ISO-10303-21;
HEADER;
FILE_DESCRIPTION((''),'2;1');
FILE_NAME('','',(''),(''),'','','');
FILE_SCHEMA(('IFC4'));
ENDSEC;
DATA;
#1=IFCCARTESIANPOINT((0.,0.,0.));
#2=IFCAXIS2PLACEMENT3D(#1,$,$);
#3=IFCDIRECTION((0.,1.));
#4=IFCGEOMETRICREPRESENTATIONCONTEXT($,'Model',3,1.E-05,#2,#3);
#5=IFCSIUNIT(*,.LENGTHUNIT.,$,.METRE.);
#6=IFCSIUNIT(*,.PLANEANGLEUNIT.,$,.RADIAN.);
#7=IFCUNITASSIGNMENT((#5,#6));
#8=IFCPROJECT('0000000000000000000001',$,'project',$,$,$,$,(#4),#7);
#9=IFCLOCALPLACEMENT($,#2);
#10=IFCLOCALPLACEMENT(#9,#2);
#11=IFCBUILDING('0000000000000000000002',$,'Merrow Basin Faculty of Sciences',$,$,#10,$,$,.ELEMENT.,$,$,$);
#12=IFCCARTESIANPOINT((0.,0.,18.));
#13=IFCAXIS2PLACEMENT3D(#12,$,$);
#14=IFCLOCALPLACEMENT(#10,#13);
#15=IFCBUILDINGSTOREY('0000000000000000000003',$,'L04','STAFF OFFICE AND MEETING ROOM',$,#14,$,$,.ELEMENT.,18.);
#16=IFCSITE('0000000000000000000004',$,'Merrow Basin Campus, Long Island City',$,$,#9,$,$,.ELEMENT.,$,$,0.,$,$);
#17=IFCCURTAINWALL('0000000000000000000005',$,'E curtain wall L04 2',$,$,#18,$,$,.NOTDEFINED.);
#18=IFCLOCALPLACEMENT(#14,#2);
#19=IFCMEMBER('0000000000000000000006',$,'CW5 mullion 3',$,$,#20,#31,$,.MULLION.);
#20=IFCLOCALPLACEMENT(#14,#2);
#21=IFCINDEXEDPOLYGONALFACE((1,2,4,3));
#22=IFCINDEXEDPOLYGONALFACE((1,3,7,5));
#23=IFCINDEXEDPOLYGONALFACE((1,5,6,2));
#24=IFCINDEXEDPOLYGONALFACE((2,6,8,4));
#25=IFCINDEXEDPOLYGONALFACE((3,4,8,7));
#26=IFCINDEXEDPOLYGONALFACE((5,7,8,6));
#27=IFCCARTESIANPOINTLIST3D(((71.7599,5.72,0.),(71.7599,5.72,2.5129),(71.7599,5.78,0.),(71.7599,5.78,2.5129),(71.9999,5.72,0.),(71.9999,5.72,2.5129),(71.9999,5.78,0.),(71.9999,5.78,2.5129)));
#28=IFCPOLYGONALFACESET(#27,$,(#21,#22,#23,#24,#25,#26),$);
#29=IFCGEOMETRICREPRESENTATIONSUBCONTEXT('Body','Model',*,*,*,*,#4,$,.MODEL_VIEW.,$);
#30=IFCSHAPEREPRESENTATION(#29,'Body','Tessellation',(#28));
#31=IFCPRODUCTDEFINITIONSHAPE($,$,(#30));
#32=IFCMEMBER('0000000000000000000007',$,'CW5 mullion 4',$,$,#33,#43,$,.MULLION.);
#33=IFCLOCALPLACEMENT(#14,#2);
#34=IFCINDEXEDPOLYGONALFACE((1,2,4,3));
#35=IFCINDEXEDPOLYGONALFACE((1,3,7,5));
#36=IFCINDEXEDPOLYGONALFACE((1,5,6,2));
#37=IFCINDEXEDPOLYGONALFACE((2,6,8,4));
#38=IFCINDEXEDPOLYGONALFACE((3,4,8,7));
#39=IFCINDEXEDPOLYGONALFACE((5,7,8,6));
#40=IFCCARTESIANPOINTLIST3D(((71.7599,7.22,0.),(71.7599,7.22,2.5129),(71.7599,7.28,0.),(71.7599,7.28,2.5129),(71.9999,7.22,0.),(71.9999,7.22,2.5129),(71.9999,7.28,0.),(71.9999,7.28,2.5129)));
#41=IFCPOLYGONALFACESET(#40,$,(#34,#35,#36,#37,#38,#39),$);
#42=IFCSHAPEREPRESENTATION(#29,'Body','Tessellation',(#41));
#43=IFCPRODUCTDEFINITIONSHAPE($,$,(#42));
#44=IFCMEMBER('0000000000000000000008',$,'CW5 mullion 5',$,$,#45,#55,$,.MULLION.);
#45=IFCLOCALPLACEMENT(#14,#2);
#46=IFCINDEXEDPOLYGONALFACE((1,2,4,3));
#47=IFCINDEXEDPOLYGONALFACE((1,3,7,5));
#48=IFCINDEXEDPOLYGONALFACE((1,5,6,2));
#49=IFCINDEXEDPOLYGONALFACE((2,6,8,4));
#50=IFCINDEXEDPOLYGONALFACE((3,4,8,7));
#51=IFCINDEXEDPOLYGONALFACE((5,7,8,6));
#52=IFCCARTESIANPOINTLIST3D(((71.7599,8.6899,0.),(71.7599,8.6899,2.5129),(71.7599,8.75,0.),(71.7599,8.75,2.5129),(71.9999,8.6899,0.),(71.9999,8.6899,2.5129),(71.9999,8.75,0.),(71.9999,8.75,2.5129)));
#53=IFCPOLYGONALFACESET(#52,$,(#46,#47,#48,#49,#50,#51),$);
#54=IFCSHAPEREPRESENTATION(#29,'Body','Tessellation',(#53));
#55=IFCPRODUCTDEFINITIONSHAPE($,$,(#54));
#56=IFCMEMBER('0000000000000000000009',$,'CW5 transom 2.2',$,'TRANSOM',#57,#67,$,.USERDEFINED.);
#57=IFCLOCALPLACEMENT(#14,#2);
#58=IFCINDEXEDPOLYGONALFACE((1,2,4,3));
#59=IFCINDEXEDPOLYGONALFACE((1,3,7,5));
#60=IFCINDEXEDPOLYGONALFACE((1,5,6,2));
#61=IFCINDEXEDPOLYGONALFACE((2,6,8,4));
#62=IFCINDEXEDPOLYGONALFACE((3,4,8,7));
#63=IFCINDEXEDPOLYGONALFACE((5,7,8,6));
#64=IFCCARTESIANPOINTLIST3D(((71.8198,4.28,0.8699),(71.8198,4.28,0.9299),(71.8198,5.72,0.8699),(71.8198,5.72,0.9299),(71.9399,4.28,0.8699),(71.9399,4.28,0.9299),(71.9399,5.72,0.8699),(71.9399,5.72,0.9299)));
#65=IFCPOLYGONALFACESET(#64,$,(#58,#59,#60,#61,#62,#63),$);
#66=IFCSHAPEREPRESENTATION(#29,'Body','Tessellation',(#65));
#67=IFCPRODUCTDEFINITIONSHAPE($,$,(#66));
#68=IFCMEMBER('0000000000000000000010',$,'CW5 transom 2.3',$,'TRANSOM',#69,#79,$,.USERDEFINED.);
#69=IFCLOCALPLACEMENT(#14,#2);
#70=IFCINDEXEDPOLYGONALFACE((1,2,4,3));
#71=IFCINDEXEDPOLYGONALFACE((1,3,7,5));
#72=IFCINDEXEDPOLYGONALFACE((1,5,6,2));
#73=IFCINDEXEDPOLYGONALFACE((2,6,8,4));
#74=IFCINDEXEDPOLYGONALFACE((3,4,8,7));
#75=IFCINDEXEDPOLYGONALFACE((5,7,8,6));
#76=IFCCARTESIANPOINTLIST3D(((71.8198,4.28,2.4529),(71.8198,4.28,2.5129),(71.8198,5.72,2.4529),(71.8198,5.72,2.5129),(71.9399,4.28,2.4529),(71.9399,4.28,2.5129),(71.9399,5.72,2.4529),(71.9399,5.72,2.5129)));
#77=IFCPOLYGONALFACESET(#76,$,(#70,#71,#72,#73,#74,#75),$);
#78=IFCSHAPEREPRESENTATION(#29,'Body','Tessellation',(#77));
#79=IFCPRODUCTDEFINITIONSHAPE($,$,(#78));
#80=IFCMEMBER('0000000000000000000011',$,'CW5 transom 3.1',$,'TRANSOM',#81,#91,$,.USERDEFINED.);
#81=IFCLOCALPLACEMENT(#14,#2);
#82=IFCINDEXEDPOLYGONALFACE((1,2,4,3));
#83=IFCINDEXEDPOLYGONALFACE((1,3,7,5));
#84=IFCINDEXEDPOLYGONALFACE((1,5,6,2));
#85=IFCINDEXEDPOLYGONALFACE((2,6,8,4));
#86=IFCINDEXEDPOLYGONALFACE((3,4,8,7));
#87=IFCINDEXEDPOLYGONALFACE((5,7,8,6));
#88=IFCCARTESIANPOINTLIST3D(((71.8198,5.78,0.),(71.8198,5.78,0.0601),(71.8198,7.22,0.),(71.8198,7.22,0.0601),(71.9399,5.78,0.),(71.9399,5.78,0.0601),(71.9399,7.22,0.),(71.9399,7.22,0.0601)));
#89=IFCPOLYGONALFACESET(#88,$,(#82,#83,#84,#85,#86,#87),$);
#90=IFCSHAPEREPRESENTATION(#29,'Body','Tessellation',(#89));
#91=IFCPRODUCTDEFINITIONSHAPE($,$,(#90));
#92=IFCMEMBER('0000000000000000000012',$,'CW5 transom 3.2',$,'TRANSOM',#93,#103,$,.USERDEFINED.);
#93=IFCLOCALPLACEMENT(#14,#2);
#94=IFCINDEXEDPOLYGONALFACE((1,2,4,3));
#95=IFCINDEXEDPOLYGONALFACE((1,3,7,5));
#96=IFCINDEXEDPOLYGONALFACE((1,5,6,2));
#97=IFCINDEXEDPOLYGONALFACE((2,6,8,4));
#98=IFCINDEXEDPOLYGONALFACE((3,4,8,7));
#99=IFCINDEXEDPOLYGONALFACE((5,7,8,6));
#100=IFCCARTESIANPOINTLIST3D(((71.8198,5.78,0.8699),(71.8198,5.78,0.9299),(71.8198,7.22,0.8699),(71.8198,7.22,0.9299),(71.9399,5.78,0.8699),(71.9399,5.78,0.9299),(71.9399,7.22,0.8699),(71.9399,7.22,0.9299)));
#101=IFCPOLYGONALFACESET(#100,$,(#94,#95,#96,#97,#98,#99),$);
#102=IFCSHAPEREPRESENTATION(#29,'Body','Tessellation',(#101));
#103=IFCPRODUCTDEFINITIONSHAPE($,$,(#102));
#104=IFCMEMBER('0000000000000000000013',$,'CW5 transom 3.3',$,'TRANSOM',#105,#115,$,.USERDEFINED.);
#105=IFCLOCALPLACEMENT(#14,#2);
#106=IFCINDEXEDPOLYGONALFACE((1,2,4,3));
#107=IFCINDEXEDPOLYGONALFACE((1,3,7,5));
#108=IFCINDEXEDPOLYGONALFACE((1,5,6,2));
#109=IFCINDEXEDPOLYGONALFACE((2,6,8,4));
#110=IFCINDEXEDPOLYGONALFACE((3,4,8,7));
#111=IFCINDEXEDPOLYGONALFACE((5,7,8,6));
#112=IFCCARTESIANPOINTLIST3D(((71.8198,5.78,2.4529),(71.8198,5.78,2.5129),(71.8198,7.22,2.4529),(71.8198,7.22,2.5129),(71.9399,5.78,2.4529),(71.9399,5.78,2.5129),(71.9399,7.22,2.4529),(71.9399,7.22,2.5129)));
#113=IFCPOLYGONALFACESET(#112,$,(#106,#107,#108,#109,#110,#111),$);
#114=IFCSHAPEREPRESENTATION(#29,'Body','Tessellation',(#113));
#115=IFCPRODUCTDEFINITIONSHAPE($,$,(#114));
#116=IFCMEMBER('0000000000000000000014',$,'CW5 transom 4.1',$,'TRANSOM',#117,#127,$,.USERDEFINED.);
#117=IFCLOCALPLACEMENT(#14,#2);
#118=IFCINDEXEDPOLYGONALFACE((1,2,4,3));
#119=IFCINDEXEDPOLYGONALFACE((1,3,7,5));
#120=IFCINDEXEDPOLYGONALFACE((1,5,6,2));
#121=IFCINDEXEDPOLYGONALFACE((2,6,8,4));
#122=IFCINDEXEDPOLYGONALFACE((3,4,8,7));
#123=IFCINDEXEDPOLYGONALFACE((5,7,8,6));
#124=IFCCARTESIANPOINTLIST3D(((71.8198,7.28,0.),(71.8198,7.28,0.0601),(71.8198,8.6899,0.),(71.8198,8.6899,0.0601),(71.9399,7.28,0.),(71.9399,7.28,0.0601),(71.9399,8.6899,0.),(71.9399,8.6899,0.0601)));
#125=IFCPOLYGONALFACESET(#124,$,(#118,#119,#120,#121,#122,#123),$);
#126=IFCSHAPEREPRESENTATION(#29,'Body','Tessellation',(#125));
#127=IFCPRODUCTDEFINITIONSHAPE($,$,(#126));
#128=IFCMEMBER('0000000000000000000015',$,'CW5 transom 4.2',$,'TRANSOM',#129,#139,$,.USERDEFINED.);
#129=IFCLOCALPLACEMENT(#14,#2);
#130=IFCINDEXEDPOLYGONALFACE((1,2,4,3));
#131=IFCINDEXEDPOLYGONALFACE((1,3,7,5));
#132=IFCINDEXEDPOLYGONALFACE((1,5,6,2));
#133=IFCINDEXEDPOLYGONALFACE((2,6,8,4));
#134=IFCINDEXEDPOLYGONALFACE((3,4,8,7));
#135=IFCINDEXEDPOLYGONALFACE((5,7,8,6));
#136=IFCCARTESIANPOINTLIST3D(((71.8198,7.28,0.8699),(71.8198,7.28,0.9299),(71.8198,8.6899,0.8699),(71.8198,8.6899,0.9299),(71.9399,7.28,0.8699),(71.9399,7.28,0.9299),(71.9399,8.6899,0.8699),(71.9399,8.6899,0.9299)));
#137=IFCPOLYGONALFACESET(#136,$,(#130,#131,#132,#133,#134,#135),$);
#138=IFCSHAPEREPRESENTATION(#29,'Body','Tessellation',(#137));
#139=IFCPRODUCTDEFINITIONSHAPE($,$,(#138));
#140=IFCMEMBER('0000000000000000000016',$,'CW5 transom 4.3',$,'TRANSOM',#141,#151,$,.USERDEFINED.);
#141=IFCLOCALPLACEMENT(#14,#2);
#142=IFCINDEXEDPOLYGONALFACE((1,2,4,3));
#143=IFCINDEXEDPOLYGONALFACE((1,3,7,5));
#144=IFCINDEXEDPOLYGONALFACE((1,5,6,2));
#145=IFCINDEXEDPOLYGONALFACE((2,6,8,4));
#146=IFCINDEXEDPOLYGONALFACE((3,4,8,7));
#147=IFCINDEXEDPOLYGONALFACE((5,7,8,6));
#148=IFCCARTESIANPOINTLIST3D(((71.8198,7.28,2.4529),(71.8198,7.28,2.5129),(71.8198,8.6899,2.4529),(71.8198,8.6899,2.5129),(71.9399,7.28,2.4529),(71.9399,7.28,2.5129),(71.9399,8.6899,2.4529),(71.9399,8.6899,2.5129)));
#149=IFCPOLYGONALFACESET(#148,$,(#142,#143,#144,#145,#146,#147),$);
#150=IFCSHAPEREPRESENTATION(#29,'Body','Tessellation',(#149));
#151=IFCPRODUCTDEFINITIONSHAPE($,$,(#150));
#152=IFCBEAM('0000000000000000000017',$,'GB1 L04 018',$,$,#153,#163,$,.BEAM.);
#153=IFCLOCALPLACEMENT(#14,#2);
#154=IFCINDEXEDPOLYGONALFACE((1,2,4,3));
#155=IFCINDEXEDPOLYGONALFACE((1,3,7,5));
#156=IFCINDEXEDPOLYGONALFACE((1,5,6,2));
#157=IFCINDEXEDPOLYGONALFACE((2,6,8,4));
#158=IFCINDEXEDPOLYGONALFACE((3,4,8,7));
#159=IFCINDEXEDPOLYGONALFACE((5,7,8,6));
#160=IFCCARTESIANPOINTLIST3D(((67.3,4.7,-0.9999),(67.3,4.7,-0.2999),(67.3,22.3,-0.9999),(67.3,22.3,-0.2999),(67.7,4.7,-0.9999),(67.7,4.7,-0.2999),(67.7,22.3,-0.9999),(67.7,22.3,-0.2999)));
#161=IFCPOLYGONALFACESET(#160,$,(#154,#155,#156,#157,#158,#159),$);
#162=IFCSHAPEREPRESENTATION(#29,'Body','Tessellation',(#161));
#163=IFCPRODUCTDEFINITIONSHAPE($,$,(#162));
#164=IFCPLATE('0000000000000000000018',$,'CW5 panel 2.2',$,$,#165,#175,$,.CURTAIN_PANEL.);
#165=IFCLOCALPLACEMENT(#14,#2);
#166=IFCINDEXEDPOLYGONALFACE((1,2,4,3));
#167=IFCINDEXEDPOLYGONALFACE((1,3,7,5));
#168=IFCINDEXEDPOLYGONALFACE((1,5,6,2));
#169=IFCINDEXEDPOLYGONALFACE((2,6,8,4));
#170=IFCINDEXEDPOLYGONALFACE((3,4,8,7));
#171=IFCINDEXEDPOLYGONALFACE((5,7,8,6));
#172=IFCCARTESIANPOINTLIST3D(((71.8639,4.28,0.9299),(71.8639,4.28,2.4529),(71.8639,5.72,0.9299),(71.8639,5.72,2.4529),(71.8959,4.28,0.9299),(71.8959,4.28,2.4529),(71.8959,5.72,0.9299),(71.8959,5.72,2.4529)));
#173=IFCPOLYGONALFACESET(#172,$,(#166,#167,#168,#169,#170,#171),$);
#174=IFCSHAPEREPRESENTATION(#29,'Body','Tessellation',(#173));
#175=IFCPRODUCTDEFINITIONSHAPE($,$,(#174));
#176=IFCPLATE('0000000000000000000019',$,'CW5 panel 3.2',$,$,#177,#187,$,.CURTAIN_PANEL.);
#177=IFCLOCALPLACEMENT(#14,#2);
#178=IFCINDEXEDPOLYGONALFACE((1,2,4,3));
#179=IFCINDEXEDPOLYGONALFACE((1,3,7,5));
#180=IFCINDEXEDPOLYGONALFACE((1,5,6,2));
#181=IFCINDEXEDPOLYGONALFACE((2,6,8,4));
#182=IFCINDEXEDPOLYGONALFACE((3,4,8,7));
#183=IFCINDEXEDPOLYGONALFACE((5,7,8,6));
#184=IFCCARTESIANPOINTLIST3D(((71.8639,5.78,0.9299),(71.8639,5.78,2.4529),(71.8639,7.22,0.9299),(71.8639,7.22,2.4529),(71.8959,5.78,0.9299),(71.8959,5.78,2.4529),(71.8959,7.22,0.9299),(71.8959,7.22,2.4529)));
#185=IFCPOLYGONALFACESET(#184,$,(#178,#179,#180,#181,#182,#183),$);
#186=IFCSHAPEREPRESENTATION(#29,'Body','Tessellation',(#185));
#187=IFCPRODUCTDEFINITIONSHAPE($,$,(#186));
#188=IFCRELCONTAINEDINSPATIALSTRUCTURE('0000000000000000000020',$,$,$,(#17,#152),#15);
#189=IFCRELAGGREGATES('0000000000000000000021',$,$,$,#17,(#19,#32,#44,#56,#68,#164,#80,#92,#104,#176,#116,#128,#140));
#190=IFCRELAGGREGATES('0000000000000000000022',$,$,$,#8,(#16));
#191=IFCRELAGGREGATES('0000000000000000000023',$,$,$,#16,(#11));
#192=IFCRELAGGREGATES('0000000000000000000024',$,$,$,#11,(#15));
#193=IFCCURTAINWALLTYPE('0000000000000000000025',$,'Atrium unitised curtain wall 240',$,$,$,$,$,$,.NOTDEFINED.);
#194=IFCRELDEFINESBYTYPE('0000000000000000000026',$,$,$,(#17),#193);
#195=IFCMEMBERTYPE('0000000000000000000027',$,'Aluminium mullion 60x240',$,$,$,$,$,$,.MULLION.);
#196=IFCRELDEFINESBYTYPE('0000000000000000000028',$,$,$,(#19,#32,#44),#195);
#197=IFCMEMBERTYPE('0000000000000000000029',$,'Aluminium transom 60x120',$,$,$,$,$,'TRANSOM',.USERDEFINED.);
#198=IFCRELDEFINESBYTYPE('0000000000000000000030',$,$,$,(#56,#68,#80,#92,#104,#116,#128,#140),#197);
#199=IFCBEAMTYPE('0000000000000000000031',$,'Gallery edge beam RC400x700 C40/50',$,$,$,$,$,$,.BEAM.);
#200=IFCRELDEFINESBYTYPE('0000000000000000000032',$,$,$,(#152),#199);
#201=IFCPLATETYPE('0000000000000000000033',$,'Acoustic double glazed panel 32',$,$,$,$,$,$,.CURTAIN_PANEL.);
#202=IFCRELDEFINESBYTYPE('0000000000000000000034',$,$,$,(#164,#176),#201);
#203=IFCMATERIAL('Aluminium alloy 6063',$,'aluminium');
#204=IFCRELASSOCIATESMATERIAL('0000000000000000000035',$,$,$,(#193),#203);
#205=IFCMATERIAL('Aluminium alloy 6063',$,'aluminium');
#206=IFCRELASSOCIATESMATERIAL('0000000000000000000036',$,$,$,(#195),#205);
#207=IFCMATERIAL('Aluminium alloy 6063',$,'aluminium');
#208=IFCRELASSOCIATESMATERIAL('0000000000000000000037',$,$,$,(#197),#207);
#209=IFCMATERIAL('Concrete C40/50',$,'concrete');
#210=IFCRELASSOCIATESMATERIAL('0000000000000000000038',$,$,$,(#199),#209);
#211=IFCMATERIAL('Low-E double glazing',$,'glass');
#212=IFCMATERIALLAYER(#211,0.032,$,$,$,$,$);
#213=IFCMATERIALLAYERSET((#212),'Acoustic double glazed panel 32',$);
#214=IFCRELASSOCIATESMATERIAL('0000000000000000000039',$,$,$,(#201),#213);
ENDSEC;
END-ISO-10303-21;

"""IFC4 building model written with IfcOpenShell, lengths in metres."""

from ifc_helpers import new_model, si_unit, direction, frame, origin, origin_2d, place, context, subcontext, project, spatial, rectangle, extrude, material, layer, layer_set, material_profile, profile_set, type_object, element, aggregate, save


model = new_model("IFC4")

# Units and contexts
model_context = context("Model", 3, precision=1e-05, world=origin(), true_north=direction((0.0, 1.0)))
body_context = subcontext(model_context, "Body", "Model", "MODEL_VIEW")
ifc_project = project(units=[si_unit("LENGTHUNIT", "METRE"), si_unit("PLANEANGLEUNIT", "RADIAN")], contexts=[model_context])

# Site, building, storey
site_placement = place(None, origin())
site = spatial("IfcSite", under=ifc_project, at=site_placement, Name="Merrow Basin Campus, Long Island City", CompositionType="ELEMENT", RefElevation=0.0)
building_placement = place(site_placement, origin())
building = spatial("IfcBuilding", under=site, at=building_placement, Name="Merrow Basin Faculty of Sciences", CompositionType="ELEMENT")
storey_placement = place(building_placement, frame((0.0, 0.0, 18.0)))
storey = spatial("IfcBuildingStorey", under=building, at=storey_placement, Name="L04", Description="STAFF OFFICE AND MEETING ROOM", CompositionType="ELEMENT", Elevation=18.0)

# Curtain wall, members
ifc_material_1 = material(Name="Aluminium alloy 6063", Category="aluminium")
curtain_wall_type = type_object("IfcCurtainWallType", Name="Atrium unitised curtain wall 240", PredefinedType="NOTDEFINED", material=ifc_material_1)
curtain_wall_placement = place(storey_placement, origin())
curtain_wall = element("IfcCurtainWall", 1, at=curtain_wall_placement, inside=storey, type_object=curtain_wall_type, Name="E curtain wall L04 2", PredefinedType="NOTDEFINED")
ifc_material_2 = material(Name="Aluminium alloy 6063", Category="aluminium")
ifc_material_profile_1 = material_profile(ifc_material_2, rectangle(XDim=0.24, YDim=0.0601, at=origin_2d()))
ifc_profile_set_1 = profile_set([ifc_material_profile_1], Name="Aluminium alloy 6063")
member_type_1 = type_object("IfcMemberType", Name="Aluminium mullion 60x240", PredefinedType="MULLION", material=ifc_profile_set_1)
member_1_placement = place(storey_placement, frame((71.8799, 5.75, 0.0), z_axis=(0.0, 0.0, 1.0), x_axis=(-1.0, 0.0, 0.0)))
member_1 = element("IfcMember", 2, at=member_1_placement, type_object=member_type_1, Name="CW5 mullion 3", PredefinedType="MULLION", context=body_context, shape_type="SweptSolid", body=[
    extrude(rectangle(XDim=0.24, YDim=0.0601, at=origin_2d()), origin(), (0.0, 0.0, 1.0), 2.5129),
])
member_2_placement = place(storey_placement, frame((71.8799, 7.25, 0.0), z_axis=(0.0, 0.0, 1.0), x_axis=(-1.0, 0.0, 0.0)))
member_2 = element("IfcMember", 3, at=member_2_placement, type_object=member_type_1, Name="CW5 mullion 4", PredefinedType="MULLION", context=body_context, shape_type="SweptSolid", body=[
    extrude(rectangle(XDim=0.24, YDim=0.0601, at=origin_2d()), origin(), (0.0, 0.0, 1.0), 2.5129),
])
member_3_placement = place(storey_placement, frame((71.8799, 8.72, 0.0), z_axis=(0.0, 0.0, 1.0), x_axis=(-1.0, 0.0, 0.0)))
member_3 = element("IfcMember", 4, at=member_3_placement, type_object=member_type_1, Name="CW5 mullion 5", PredefinedType="MULLION", context=body_context, shape_type="SweptSolid", body=[
    extrude(rectangle(XDim=0.24, YDim=0.0601, at=origin_2d()), origin(), (0.0, 0.0, 1.0), 2.5129),
])
ifc_material_3 = material(Name="Aluminium alloy 6063", Category="aluminium")
ifc_material_profile_2 = material_profile(ifc_material_3, rectangle(XDim=0.1201, YDim=0.0601, at=origin_2d()))
ifc_profile_set_2 = profile_set([ifc_material_profile_2], Name="Aluminium alloy 6063")
member_type_2 = type_object("IfcMemberType", Name="Aluminium transom 60x120", ElementType="TRANSOM", PredefinedType="USERDEFINED", material=ifc_profile_set_2)
member_4_placement = place(storey_placement, frame((71.8799, 4.28, 0.8999), z_axis=(0.0, 1.0, 0.0), x_axis=(-1.0, 0.0, 0.0)))
member_4 = element("IfcMember", 5, at=member_4_placement, type_object=member_type_2, Name="CW5 transom 2.2", ObjectType="TRANSOM", PredefinedType="USERDEFINED", context=body_context, shape_type="SweptSolid", body=[
    extrude(rectangle(XDim=0.1201, YDim=0.0601, at=origin_2d()), origin(), (0.0, 0.0, 1.0), 1.4399),
])
member_5_placement = place(storey_placement, frame((71.8799, 4.28, 2.4829), z_axis=(0.0, 1.0, 0.0), x_axis=(-1.0, 0.0, 0.0)))
member_5 = element("IfcMember", 6, at=member_5_placement, type_object=member_type_2, Name="CW5 transom 2.3", ObjectType="TRANSOM", PredefinedType="USERDEFINED", context=body_context, shape_type="SweptSolid", body=[
    extrude(rectangle(XDim=0.1201, YDim=0.0601, at=origin_2d()), origin(), (0.0, 0.0, 1.0), 1.4399),
])
member_6_placement = place(storey_placement, frame((71.8799, 5.78, 0.03), z_axis=(0.0, 1.0, 0.0), x_axis=(-1.0, 0.0, 0.0)))
member_6 = element("IfcMember", 7, at=member_6_placement, type_object=member_type_2, Name="CW5 transom 3.1", ObjectType="TRANSOM", PredefinedType="USERDEFINED", context=body_context, shape_type="SweptSolid", body=[
    extrude(rectangle(XDim=0.1201, YDim=0.0601, at=origin_2d()), origin(), (0.0, 0.0, 1.0), 1.4399),
])
member_7_placement = place(storey_placement, frame((71.8799, 5.78, 0.8999), z_axis=(0.0, 1.0, 0.0), x_axis=(-1.0, 0.0, 0.0)))
member_7 = element("IfcMember", 8, at=member_7_placement, type_object=member_type_2, Name="CW5 transom 3.2", ObjectType="TRANSOM", PredefinedType="USERDEFINED", context=body_context, shape_type="SweptSolid", body=[
    extrude(rectangle(XDim=0.1201, YDim=0.0601, at=origin_2d()), origin(), (0.0, 0.0, 1.0), 1.4399),
])
member_8_placement = place(storey_placement, frame((71.8799, 5.78, 2.4829), z_axis=(0.0, 1.0, 0.0), x_axis=(-1.0, 0.0, 0.0)))
member_8 = element("IfcMember", 9, at=member_8_placement, type_object=member_type_2, Name="CW5 transom 3.3", ObjectType="TRANSOM", PredefinedType="USERDEFINED", context=body_context, shape_type="SweptSolid", body=[
    extrude(rectangle(XDim=0.1201, YDim=0.0601, at=origin_2d()), origin(), (0.0, 0.0, 1.0), 1.4399),
])
member_9_placement = place(storey_placement, frame((71.8799, 7.28, 0.03), z_axis=(0.0, 1.0, 0.0), x_axis=(-1.0, 0.0, 0.0)))
member_9 = element("IfcMember", 10, at=member_9_placement, type_object=member_type_2, Name="CW5 transom 4.1", ObjectType="TRANSOM", PredefinedType="USERDEFINED", context=body_context, shape_type="SweptSolid", body=[
    extrude(rectangle(XDim=0.1201, YDim=0.0601, at=origin_2d()), origin(), (0.0, 0.0, 1.0), 1.4099),
])
member_10_placement = place(storey_placement, frame((71.8799, 7.28, 0.8999), z_axis=(0.0, 1.0, 0.0), x_axis=(-1.0, 0.0, 0.0)))
member_10 = element("IfcMember", 11, at=member_10_placement, type_object=member_type_2, Name="CW5 transom 4.2", ObjectType="TRANSOM", PredefinedType="USERDEFINED", context=body_context, shape_type="SweptSolid", body=[
    extrude(rectangle(XDim=0.1201, YDim=0.0601, at=origin_2d()), origin(), (0.0, 0.0, 1.0), 1.4099),
])
member_11_placement = place(storey_placement, frame((71.8799, 7.28, 2.4829), z_axis=(0.0, 1.0, 0.0), x_axis=(-1.0, 0.0, 0.0)))
member_11 = element("IfcMember", 12, at=member_11_placement, type_object=member_type_2, Name="CW5 transom 4.3", ObjectType="TRANSOM", PredefinedType="USERDEFINED", context=body_context, shape_type="SweptSolid", body=[
    extrude(rectangle(XDim=0.1201, YDim=0.0601, at=origin_2d()), origin(), (0.0, 0.0, 1.0), 1.4099),
])

# Beam
ifc_material_4 = material(Name="Concrete C40/50", Category="concrete")
ifc_material_profile_3 = material_profile(ifc_material_4, rectangle(XDim=0.3999, YDim=0.7, at=origin_2d()))
ifc_profile_set_3 = profile_set([ifc_material_profile_3], Name="Concrete C40/50")
beam_type = type_object("IfcBeamType", Name="Gallery edge beam RC400x700 C40/50", PredefinedType="BEAM", material=ifc_profile_set_3)
beam_placement = place(storey_placement, frame((67.5, 4.7, -0.6499), z_axis=(0.0, 1.0, 0.0), x_axis=(-1.0, 0.0, 0.0)))
element("IfcBeam", 13, at=beam_placement, inside=storey, type_object=beam_type, Name="GB1 L04 018", PredefinedType="BEAM", context=body_context, shape_type="SweptSolid", body=[
    extrude(rectangle(XDim=0.3999, YDim=0.7, at=origin_2d()), origin(), (0.0, 0.0, 1.0), 17.6001),
])

# Plates
ifc_material_5 = material(Name="Low-E double glazing", Category="glass")
ifc_layer_1 = layer(ifc_material_5, 0.032)
ifc_layer_set_1 = layer_set([ifc_layer_1], Name="Acoustic double glazed panel 32")
plate_type_1 = type_object("IfcPlateType", Name="Acoustic double glazed panel 32", PredefinedType="CURTAIN_PANEL", material=ifc_layer_set_1)
plate_1_placement = place(storey_placement, frame((71.8799, 5.0, 0.9299), z_axis=(0.0, 0.0, 1.0), x_axis=(0.0, 1.0, 0.0)))
plate_1 = element("IfcPlate", 14, at=plate_1_placement, type_object=plate_type_1, Name="CW5 panel 2.2", PredefinedType="CURTAIN_PANEL", context=body_context, shape_type="SweptSolid", body=[
    extrude(rectangle(XDim=1.4399, YDim=0.032, at=origin_2d()), origin(), (0.0, 0.0, 1.0), 1.5229),
])
plate_2_placement = place(storey_placement, frame((71.8799, 6.5, 0.9299), z_axis=(0.0, 0.0, 1.0), x_axis=(0.0, 1.0, 0.0)))
plate_2 = element("IfcPlate", 15, at=plate_2_placement, type_object=plate_type_1, Name="CW5 panel 3.2", PredefinedType="CURTAIN_PANEL", context=body_context, shape_type="SweptSolid", body=[
    extrude(rectangle(XDim=1.4399, YDim=0.032, at=origin_2d()), origin(), (0.0, 0.0, 1.0), 1.5229),
])
aggregate(curtain_wall, [member_1, member_2, member_3, member_4, member_5, plate_1, member_6, member_7, member_8, plate_2, member_9, member_10, member_11])

save(model, "model.ifc")
